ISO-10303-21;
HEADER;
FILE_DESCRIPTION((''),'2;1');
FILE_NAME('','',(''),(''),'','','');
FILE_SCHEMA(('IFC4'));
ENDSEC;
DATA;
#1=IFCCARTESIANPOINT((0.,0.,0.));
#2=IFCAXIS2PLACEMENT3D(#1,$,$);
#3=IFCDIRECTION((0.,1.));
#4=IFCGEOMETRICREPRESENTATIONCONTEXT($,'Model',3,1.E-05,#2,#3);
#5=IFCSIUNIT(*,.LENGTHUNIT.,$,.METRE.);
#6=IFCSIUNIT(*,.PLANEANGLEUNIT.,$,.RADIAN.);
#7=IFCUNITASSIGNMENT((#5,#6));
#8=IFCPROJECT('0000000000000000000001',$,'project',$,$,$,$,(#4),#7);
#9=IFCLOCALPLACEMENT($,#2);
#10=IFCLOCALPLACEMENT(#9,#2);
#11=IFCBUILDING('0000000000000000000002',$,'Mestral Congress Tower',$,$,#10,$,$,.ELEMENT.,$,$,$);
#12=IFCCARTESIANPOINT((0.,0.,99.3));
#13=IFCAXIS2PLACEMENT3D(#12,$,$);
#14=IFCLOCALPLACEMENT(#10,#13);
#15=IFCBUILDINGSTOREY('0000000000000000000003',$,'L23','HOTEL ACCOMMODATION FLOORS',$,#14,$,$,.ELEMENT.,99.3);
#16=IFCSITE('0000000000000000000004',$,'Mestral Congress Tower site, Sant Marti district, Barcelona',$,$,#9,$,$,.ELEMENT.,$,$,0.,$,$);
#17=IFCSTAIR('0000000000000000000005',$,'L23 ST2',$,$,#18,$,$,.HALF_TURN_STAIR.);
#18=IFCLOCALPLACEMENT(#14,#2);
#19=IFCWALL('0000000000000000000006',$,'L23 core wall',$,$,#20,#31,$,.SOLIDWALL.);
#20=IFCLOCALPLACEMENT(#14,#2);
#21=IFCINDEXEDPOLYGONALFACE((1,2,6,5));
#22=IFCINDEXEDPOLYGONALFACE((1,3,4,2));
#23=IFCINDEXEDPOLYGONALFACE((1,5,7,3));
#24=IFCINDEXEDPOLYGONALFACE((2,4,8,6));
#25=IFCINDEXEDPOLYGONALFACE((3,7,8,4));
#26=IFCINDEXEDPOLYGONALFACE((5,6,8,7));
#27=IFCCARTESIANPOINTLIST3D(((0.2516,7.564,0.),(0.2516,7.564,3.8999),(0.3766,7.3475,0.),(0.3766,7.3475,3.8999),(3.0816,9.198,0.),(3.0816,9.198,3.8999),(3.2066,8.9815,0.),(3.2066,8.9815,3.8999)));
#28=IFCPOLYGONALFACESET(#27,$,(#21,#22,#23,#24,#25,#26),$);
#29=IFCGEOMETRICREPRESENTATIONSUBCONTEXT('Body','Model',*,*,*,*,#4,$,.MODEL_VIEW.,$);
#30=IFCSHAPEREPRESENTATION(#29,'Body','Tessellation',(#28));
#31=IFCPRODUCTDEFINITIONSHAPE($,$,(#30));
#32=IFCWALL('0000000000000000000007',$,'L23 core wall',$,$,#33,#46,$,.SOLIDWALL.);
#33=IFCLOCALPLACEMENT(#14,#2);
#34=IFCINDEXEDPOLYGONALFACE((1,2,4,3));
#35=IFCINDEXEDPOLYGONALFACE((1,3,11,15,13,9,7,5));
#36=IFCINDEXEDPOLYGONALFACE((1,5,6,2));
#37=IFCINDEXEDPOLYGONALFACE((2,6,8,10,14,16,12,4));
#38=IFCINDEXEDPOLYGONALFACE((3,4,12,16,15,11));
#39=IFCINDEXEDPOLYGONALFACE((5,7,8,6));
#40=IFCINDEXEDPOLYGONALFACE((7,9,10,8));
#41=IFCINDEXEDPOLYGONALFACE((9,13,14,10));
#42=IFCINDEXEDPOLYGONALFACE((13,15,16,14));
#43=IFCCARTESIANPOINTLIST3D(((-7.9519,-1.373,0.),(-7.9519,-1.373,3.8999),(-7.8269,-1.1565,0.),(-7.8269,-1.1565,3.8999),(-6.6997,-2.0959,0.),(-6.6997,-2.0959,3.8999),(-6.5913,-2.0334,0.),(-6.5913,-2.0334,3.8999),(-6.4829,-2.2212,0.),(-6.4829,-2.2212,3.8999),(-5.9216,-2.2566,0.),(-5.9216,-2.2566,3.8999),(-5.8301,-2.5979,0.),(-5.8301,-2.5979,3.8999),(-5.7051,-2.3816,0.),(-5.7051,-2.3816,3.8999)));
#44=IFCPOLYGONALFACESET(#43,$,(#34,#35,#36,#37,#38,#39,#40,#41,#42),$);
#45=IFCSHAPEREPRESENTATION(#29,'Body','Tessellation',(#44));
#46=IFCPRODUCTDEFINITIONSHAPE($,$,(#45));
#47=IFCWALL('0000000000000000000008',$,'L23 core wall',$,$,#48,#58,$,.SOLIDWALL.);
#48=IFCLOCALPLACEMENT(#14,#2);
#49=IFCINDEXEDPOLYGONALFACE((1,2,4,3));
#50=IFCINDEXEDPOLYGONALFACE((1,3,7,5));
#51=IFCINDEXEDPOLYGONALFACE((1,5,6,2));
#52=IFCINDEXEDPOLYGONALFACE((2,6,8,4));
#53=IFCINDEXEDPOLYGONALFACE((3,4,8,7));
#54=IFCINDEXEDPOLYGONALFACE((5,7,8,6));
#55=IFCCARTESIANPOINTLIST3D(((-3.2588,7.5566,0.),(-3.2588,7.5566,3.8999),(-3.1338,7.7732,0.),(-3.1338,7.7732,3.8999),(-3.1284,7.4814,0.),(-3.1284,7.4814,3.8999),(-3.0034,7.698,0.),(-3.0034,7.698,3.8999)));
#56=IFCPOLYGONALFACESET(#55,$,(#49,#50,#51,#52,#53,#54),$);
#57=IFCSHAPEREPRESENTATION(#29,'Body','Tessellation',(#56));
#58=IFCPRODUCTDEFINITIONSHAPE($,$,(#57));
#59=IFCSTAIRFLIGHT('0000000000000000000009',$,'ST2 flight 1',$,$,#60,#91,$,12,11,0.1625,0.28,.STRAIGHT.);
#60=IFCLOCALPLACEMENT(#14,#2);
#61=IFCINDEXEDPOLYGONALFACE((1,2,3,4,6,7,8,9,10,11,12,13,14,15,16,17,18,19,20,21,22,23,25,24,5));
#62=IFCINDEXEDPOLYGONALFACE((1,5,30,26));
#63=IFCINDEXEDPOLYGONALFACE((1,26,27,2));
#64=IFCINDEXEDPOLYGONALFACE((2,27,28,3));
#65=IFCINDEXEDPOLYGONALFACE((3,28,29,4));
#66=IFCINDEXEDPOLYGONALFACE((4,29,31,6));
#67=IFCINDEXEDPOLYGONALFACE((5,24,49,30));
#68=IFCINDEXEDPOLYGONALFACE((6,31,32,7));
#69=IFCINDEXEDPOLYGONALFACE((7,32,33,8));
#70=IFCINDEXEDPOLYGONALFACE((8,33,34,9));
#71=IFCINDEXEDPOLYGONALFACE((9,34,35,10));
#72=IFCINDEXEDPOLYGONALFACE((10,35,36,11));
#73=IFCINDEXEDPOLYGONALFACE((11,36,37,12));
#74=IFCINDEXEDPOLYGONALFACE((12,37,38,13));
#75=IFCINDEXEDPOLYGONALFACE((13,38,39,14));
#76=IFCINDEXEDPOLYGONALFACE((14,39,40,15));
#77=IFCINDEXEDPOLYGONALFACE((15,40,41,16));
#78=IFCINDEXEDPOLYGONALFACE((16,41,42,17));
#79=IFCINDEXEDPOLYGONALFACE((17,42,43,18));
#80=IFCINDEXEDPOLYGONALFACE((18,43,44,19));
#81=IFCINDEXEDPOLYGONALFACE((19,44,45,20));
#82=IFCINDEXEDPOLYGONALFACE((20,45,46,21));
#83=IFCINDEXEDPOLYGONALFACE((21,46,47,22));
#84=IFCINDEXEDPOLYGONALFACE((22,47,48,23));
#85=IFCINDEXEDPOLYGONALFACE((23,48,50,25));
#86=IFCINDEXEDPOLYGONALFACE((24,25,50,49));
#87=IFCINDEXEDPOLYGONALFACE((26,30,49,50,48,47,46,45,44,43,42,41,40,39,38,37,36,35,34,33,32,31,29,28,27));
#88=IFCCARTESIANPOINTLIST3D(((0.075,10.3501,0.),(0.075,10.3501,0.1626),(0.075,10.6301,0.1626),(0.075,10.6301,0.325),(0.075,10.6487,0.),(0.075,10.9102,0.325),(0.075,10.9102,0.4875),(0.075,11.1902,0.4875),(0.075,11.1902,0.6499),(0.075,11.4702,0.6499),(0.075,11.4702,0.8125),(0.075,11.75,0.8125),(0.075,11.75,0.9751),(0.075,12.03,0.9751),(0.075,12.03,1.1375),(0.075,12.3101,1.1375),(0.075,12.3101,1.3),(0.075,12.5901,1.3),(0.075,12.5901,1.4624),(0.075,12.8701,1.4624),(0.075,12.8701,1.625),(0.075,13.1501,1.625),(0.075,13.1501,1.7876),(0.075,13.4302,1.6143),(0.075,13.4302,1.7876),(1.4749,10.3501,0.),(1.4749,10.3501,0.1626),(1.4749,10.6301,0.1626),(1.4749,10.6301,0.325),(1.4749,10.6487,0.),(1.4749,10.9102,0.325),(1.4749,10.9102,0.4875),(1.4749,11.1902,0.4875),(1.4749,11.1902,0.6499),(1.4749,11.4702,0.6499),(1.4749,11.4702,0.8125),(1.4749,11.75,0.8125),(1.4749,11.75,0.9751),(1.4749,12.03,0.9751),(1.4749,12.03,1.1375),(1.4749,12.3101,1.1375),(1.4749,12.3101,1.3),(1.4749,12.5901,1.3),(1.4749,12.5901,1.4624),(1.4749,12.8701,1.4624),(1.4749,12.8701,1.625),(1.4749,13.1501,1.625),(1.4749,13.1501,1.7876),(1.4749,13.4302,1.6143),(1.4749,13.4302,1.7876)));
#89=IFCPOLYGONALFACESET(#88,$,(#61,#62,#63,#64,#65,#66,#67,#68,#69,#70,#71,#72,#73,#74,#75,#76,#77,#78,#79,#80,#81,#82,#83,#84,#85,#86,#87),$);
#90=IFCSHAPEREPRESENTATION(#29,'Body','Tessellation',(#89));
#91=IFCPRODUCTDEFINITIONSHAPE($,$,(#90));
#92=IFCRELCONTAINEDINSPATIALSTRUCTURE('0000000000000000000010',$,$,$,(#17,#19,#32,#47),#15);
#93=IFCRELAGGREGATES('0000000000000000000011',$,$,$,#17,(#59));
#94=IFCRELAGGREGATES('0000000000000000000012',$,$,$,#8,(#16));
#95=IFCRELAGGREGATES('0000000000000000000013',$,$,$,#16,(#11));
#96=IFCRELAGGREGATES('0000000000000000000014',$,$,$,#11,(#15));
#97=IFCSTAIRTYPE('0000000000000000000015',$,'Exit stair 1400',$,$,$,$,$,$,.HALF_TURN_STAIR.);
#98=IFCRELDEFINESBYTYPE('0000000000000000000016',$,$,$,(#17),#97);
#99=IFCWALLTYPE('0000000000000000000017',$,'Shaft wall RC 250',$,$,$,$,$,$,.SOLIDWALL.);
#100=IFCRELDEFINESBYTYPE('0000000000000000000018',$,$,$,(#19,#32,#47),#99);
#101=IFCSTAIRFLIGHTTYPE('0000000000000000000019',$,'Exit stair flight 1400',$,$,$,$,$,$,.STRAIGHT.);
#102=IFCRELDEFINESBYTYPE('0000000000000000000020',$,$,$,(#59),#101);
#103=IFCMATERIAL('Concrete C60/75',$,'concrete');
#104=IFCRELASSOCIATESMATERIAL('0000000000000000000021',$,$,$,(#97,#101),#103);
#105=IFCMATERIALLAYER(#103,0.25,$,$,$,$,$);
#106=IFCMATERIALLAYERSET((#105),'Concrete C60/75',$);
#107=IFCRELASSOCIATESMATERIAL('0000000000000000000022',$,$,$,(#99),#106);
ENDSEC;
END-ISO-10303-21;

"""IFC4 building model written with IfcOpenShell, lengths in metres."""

from ifc_helpers import new_model, si_unit, direction, frame, frame_2d, origin, place, context, subcontext, project, spatial, polyline, rectangle, outline, extrude, material, layer, layer_set, type_object, element, aggregate, save


model = new_model("IFC4")

# Units and contexts
model_context = context("Model", 3, precision=1e-05, world=origin(), true_north=direction((0.0, 1.0)))
body_context = subcontext(model_context, "Body", "Model", "MODEL_VIEW")
ifc_project = project(units=[si_unit("LENGTHUNIT", "METRE"), si_unit("PLANEANGLEUNIT", "RADIAN")], contexts=[model_context])

# Site, building, storey
site_placement = place(None, origin())
site = spatial("IfcSite", under=ifc_project, at=site_placement, Name="Mestral Congress Tower site, Sant Marti district, Barcelona", CompositionType="ELEMENT", RefElevation=0.0)
building_placement = place(site_placement, origin())
building = spatial("IfcBuilding", under=site, at=building_placement, Name="Mestral Congress Tower", CompositionType="ELEMENT")
storey_placement = place(building_placement, frame((0.0, 0.0, 99.3)))
storey = spatial("IfcBuildingStorey", under=building, at=storey_placement, Name="L23", Description="HOTEL ACCOMMODATION FLOORS", CompositionType="ELEMENT", Elevation=99.3)

# Shared definitions
ifc_material_1 = material(Name="Concrete C60/75", Category="concrete")

# Stair
stair_type = type_object("IfcStairType", Name="Exit stair 1400", PredefinedType="HALF_TURN_STAIR", material=ifc_material_1)
placement_1 = place(storey_placement, origin())
stair_1 = element("IfcStair", 1, at=placement_1, inside=storey, type_object=stair_type, Name="L23 ST2", PredefinedType="HALF_TURN_STAIR")

# Walls
ifc_layer_1 = layer(ifc_material_1, 0.25)
ifc_layer_set_1 = layer_set([ifc_layer_1], Name="Concrete C60/75")
wall_type_1 = type_object("IfcWallType", Name="Shaft wall RC 250", PredefinedType="SOLIDWALL", material=ifc_layer_set_1)
wall_1_placement = place(storey_placement, frame((0.3142, 7.4558, 0.0), z_axis=(0.0, 0.0, 1.0), x_axis=(0.866014, 0.50002, 0.0)))
element("IfcWall", 2, at=wall_1_placement, inside=storey, type_object=wall_type_1, Name="L23 core wall", PredefinedType="SOLIDWALL", context=body_context, shape_type="SweptSolid", body=[
    extrude(rectangle(XDim=3.2678, YDim=0.25, at=frame_2d((1.6338, 0.0))), origin(), (0.0, 0.0, 1.0), 3.8999),
])
element("IfcWall", 3, at=placement_1, inside=storey, type_object=wall_type_1, Name="L23 core wall", PredefinedType="SOLIDWALL", context=body_context, shape_type="SweptSolid", body=[
    extrude(outline(polyline([(-5.9216, -2.2566), (-5.9216, -2.2566), (-5.7051, -2.3816), (-5.8301, -2.5979), (-6.4829, -2.2212), (-6.5913, -2.0334), (-6.5913, -2.0334), (-6.6997, -2.0959), (-7.9519, -1.373), (-7.8269, -1.1565), (-5.9216, -2.2566)])), origin(), (0.0, 0.0, 1.0), 3.8999),
])
element("IfcWall", 4, at=placement_1, inside=storey, type_object=wall_type_1, Name="L23 core wall", PredefinedType="SOLIDWALL", context=body_context, shape_type="SweptSolid", body=[
    extrude(outline(polyline([(-3.1284, 7.4814), (-3.2588, 7.5566), (-3.1338, 7.7732), (-3.0034, 7.698), (-3.1284, 7.4814)])), origin(), (0.0, 0.0, 1.0), 3.8999),
])

# Stair flight
stair_flight_type = type_object("IfcStairFlightType", Name="Exit stair flight 1400", PredefinedType="STRAIGHT", material=ifc_material_1)
stair_flight_placement = place(storey_placement, frame((0.7749, 10.3501, 0.0), z_axis=(0.0, 0.0, 1.0), x_axis=(0.0, 1.0, 0.0)))
stair_flight = element("IfcStairFlight", 5, at=stair_flight_placement, type_object=stair_flight_type, Name="ST2 flight 1", NumberOfRisers=12, NumberOfTreads=11, PredefinedType="STRAIGHT", RiserHeight=0.1625, TreadLength=0.28, context=body_context, shape_type="SweptSolid", body=[
    extrude(outline(polyline([(0.0, 0.0), (0.0, 0.1626), (0.28, 0.1626), (0.28, 0.325), (0.5601, 0.325), (0.5601, 0.4875), (0.8401, 0.4875), (0.8401, 0.6499), (1.1201, 0.6499), (1.1201, 0.8125), (1.3999, 0.8125), (1.3999, 0.9751), (1.6799, 0.9751), (1.6799, 1.1375), (1.96, 1.1375), (1.96, 1.3), (2.24, 1.3), (2.24, 1.4624), (2.52, 1.4624), (2.52, 1.625), (2.8, 1.625), (2.8, 1.7876), (3.0801, 1.7876), (3.0801, 1.95), (3.0801, 1.6143), (0.2986, 0.0), (0.0, 0.0)])), frame((0.0, 0.7, 0.0), z_axis=(0.0, -1.0, 0.0), x_axis=(1.0, 0.0, 0.0)), (0.0, 0.0, 1.0), 1.3999),
])
aggregate(stair_1, [stair_flight])

save(model, "model.ifc")
